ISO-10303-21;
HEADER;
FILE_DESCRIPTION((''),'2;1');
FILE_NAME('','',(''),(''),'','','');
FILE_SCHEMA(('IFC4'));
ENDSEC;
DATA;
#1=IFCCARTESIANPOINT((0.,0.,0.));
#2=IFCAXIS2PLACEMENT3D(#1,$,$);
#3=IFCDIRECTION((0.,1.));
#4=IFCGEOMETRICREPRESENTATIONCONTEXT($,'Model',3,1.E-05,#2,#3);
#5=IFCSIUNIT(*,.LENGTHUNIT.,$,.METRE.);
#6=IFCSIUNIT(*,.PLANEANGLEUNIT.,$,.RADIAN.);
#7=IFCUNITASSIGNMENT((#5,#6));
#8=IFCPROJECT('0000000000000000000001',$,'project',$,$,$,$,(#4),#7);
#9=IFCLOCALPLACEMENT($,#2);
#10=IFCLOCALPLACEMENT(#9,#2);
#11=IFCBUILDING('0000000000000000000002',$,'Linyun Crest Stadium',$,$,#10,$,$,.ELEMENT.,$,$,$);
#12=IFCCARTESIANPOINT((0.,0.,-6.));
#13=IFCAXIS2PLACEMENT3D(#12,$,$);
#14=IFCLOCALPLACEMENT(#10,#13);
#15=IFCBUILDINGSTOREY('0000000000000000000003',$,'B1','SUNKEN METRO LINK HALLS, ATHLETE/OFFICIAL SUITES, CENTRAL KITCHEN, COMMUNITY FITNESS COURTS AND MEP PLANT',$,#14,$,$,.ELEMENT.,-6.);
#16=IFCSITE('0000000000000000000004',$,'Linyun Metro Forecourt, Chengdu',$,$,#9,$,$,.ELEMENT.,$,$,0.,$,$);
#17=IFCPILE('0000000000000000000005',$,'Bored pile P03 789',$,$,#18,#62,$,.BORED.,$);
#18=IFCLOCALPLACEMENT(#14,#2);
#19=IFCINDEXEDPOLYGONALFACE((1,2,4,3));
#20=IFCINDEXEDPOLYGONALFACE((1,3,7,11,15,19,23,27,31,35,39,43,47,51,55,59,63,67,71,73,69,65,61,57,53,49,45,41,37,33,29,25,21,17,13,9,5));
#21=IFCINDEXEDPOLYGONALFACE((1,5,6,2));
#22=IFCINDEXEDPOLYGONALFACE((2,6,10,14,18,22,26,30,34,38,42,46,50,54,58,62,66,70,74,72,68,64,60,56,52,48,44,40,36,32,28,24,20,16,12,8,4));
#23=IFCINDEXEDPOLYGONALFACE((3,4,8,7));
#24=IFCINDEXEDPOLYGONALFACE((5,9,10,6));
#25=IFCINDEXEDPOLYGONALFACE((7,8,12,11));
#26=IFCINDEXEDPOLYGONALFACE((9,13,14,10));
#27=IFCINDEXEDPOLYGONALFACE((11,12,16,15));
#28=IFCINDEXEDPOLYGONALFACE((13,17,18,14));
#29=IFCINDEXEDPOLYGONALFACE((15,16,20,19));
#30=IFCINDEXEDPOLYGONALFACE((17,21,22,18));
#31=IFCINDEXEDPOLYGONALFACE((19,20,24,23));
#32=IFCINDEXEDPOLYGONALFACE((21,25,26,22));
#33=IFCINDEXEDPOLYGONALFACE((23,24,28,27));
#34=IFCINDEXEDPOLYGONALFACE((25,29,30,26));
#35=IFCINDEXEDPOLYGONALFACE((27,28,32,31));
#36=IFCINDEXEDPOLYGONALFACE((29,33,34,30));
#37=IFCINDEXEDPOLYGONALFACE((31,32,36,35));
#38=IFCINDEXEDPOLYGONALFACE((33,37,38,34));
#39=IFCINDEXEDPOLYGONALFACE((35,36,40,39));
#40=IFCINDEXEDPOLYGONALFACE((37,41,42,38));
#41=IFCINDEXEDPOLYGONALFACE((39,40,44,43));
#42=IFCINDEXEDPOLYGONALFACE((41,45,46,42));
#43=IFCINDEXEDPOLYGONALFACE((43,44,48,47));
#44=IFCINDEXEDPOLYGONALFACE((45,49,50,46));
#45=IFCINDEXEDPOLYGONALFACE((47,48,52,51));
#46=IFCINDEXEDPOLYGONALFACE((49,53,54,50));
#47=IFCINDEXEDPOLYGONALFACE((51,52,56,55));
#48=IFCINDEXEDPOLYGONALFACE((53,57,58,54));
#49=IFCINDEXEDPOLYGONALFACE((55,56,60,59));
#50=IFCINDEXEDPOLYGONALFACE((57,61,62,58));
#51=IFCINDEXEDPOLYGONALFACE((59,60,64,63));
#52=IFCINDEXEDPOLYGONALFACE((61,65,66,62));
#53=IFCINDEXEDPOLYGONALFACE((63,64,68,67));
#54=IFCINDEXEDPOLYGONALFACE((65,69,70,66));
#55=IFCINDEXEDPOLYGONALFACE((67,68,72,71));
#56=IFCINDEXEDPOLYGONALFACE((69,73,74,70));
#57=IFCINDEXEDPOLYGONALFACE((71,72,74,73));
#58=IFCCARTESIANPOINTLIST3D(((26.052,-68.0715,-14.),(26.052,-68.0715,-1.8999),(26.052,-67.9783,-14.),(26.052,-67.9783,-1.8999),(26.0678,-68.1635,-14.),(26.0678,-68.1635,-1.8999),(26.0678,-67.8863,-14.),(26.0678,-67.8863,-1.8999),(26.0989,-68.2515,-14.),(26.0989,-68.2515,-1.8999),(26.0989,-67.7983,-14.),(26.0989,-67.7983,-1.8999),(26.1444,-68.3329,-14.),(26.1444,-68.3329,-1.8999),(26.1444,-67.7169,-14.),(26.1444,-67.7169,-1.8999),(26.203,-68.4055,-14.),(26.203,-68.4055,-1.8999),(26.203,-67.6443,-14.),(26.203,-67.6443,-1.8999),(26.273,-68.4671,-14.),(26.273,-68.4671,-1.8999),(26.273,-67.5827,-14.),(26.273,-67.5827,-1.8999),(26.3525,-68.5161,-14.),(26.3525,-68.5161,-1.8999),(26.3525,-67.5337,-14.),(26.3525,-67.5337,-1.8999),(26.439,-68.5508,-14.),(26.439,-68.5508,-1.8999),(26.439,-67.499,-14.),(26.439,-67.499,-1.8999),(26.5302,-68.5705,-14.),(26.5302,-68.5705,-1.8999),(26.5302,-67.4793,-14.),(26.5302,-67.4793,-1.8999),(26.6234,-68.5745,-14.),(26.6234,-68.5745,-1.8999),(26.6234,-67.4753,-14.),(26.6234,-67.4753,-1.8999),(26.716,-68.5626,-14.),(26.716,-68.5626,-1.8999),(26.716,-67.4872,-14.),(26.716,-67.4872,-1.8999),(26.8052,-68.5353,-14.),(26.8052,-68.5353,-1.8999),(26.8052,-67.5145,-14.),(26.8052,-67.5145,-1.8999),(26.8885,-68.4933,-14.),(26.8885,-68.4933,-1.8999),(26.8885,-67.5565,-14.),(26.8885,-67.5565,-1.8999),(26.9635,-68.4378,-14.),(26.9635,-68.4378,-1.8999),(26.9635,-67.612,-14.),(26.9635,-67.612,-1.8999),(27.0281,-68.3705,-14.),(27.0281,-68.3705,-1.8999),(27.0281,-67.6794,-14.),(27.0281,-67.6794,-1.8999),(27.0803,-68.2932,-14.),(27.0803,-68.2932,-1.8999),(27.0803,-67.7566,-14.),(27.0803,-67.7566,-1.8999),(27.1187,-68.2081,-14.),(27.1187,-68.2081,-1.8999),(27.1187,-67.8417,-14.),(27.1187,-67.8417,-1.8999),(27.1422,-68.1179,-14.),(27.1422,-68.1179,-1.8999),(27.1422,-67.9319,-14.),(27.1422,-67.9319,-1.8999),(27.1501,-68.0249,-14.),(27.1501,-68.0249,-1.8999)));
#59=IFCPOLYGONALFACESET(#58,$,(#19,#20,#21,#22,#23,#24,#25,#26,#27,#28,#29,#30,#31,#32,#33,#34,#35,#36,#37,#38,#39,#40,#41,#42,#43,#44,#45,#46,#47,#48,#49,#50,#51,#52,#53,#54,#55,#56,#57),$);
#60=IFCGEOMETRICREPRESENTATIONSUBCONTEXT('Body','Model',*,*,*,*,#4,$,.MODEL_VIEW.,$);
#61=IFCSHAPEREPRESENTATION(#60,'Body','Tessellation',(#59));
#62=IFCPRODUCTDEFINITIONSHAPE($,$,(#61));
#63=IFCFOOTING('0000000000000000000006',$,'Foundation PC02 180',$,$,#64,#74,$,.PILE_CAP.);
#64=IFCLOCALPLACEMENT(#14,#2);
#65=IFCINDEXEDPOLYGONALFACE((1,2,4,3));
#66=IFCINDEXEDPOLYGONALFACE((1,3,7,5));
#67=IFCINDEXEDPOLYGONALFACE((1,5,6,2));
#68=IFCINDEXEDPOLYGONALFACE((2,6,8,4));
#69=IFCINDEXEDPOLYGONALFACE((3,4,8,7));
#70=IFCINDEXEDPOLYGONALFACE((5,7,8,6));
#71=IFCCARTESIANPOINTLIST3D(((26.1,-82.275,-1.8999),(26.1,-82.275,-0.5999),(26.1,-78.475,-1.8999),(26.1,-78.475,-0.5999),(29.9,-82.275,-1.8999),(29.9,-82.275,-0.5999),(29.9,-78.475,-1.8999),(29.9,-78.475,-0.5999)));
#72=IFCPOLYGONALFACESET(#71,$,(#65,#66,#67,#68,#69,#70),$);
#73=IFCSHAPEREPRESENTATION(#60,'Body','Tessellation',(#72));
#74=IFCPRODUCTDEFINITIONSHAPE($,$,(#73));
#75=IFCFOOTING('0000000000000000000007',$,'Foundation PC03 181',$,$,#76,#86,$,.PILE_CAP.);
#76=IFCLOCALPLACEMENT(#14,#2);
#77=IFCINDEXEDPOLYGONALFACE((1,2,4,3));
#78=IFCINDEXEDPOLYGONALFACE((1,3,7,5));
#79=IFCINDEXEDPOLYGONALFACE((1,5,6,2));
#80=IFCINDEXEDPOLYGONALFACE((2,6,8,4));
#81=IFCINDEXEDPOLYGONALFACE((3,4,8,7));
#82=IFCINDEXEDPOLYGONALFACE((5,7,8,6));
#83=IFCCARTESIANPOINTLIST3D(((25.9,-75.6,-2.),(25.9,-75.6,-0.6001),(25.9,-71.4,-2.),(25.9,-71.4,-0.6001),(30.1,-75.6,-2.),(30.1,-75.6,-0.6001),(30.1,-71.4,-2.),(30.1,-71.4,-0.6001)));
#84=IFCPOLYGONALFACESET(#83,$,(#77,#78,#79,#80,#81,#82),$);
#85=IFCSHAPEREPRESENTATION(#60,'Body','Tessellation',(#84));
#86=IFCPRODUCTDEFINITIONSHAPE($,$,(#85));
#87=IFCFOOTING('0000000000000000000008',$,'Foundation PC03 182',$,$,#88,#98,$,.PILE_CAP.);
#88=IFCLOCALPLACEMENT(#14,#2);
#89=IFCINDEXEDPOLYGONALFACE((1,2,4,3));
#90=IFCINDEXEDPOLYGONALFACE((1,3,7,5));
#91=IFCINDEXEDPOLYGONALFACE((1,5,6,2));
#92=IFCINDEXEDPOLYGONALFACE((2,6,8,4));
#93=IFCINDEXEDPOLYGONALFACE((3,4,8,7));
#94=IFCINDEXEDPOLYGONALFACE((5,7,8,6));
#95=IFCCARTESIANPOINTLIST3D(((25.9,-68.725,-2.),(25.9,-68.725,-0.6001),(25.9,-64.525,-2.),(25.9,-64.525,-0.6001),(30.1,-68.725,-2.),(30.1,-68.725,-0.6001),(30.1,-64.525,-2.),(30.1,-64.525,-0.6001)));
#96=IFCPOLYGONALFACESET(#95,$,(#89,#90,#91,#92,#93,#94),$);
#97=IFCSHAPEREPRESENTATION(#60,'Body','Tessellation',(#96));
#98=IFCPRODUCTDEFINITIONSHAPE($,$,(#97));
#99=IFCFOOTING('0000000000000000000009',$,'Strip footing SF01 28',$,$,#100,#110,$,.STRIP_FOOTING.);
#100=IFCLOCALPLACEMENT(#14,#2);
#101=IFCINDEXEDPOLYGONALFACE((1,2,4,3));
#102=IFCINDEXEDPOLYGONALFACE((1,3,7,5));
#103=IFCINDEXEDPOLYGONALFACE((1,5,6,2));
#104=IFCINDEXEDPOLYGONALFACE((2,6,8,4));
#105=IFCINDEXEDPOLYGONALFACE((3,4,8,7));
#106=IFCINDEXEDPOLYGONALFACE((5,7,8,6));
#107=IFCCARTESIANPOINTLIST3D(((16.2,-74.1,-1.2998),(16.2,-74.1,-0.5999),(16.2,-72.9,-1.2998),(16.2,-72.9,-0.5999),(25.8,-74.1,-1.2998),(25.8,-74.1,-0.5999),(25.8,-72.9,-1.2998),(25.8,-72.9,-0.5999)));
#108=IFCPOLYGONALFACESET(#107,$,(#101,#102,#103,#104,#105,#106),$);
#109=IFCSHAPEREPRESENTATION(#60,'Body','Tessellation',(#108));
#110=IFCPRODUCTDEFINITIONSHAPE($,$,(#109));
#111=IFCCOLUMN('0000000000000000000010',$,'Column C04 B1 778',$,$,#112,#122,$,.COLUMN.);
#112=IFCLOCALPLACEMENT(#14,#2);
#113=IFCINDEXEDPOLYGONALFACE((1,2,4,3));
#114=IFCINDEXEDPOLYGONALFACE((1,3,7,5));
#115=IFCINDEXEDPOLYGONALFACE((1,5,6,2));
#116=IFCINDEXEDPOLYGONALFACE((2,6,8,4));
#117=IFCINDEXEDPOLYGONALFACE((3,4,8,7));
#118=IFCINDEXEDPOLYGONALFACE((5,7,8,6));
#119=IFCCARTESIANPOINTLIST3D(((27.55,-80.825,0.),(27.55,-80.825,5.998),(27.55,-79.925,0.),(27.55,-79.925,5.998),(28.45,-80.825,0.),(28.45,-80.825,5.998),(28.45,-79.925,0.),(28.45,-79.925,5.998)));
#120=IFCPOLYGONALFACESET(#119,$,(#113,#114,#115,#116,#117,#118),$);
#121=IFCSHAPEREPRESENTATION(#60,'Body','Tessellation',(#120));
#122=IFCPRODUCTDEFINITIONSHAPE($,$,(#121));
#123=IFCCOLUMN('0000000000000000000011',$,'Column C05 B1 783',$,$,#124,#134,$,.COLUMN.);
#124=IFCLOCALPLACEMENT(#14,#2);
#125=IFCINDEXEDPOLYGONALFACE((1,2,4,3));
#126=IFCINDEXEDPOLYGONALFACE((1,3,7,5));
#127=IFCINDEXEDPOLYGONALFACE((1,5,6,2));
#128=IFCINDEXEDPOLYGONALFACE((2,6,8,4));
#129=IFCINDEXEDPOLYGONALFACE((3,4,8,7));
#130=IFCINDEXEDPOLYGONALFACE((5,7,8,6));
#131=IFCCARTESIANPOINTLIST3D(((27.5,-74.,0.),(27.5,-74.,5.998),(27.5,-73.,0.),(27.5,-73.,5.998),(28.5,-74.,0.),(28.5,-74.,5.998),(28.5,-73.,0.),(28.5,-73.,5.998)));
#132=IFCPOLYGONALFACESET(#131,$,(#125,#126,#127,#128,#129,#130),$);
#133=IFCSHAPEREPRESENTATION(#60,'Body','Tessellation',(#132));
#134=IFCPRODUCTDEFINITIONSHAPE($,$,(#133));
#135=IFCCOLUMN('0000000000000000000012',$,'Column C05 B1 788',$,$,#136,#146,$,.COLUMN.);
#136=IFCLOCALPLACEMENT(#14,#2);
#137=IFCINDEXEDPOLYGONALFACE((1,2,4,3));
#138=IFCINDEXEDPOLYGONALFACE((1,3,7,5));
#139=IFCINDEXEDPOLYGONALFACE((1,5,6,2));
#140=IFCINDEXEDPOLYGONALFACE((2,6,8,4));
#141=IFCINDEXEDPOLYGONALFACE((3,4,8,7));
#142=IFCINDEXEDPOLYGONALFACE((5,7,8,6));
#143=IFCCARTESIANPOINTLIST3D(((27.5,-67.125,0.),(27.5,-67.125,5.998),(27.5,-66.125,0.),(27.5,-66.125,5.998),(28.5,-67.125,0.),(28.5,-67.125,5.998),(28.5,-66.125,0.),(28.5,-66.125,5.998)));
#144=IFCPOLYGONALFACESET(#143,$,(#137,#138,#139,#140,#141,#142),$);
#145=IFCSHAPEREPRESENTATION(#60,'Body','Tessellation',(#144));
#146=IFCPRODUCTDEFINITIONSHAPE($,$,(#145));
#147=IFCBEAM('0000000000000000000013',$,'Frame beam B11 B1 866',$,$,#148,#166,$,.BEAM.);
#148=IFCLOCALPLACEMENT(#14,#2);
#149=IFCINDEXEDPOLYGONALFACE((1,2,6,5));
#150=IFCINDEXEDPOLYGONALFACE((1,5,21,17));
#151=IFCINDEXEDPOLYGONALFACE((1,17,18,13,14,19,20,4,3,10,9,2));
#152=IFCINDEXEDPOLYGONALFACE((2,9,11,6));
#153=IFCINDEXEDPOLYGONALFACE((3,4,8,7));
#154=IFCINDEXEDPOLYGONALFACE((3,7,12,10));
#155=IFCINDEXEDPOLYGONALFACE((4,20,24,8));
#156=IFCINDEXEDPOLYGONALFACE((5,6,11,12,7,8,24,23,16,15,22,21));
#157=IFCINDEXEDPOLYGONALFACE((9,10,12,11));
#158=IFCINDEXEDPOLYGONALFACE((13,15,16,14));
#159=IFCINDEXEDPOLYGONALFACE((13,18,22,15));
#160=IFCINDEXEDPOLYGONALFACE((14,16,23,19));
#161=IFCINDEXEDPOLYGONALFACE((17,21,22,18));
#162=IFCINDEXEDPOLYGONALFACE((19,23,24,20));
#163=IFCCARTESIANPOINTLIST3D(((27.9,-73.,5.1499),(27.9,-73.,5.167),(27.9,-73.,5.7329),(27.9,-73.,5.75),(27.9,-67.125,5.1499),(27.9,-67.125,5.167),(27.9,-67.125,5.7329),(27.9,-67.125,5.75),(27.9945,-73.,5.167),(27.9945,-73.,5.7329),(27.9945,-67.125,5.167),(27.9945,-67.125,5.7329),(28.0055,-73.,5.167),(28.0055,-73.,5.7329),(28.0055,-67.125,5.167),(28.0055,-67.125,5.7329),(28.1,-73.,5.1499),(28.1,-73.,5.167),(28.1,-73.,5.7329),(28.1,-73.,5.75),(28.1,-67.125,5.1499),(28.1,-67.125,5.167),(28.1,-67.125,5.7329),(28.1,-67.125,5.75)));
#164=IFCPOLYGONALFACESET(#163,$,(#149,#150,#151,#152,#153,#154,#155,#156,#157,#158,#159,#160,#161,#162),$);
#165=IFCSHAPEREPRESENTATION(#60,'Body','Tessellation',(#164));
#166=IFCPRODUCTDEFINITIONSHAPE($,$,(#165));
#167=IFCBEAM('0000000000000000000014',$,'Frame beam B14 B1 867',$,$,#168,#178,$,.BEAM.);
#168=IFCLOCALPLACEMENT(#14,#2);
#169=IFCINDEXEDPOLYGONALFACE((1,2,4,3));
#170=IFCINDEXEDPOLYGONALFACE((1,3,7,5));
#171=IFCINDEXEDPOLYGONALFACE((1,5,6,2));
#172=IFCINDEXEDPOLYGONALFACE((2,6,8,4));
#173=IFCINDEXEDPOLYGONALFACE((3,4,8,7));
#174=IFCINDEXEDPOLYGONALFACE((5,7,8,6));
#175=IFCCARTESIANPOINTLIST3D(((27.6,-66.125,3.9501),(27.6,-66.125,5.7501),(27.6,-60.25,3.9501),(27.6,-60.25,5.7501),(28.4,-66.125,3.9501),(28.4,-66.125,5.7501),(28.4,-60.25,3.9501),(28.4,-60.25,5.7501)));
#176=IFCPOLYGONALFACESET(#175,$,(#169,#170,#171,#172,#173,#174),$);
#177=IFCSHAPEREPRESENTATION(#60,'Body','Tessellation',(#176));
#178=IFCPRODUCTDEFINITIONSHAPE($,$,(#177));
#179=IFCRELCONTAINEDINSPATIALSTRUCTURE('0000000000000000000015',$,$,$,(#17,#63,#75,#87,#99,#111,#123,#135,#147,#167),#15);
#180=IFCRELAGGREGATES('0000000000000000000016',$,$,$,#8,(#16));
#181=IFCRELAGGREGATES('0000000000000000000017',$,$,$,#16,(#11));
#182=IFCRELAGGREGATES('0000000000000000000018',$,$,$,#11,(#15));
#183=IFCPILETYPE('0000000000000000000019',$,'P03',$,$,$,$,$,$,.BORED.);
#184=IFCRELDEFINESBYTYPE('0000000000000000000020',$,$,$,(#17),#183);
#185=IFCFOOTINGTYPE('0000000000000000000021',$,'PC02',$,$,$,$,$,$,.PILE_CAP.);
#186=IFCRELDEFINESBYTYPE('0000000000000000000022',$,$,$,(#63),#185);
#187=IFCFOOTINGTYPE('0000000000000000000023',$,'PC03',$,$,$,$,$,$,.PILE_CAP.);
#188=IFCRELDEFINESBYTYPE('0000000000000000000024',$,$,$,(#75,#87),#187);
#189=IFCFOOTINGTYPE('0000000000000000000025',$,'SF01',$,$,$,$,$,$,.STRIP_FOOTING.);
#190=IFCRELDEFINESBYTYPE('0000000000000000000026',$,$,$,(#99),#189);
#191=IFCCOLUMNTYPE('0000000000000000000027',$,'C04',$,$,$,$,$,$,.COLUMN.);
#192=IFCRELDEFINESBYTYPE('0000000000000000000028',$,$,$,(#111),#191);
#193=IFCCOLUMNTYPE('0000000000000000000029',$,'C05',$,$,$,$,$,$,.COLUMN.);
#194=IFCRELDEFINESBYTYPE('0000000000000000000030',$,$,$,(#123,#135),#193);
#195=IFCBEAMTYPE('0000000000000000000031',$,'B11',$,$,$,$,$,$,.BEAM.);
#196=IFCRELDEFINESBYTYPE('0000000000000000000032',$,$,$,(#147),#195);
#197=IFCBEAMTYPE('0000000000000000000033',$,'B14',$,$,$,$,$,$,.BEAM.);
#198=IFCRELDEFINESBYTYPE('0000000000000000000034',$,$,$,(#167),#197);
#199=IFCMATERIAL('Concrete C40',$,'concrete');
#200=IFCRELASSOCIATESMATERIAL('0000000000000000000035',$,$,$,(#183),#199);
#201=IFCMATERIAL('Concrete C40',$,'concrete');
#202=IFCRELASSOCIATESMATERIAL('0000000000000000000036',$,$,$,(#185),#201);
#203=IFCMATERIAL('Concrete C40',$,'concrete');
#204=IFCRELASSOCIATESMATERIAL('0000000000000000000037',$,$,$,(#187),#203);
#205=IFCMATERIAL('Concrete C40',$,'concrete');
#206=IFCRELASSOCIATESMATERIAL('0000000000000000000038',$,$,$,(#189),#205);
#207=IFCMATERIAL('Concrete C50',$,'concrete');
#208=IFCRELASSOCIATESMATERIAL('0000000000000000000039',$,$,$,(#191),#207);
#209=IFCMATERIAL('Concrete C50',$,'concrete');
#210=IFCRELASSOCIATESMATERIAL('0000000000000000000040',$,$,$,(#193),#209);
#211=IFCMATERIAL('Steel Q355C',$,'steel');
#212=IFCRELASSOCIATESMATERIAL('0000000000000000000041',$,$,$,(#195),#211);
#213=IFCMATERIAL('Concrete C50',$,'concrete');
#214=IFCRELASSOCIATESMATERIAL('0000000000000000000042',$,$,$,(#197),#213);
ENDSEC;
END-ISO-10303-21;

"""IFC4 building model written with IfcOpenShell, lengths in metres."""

from ifc_helpers import new_model, si_unit, direction, frame, origin, origin_2d, place, context, subcontext, project, spatial, rectangle, circle, i_section, extrude, material, material_profile, profile_set, type_object, element, save


model = new_model("IFC4")

# Units and contexts
model_context = context("Model", 3, precision=1e-05, world=origin(), true_north=direction((0.0, 1.0)))
body_context = subcontext(model_context, "Body", "Model", "MODEL_VIEW")
ifc_project = project(units=[si_unit("LENGTHUNIT", "METRE"), si_unit("PLANEANGLEUNIT", "RADIAN")], contexts=[model_context])

# Site, building, storey
site_placement = place(None, origin())
site = spatial("IfcSite", under=ifc_project, at=site_placement, Name="Linyun Metro Forecourt, Chengdu", CompositionType="ELEMENT", RefElevation=0.0)
building_placement = place(site_placement, origin())
building = spatial("IfcBuilding", under=site, at=building_placement, Name="Linyun Crest Stadium", CompositionType="ELEMENT")
storey_placement = place(building_placement, frame((0.0, 0.0, -6.0)))
storey = spatial("IfcBuildingStorey", under=building, at=storey_placement, Name="B1", Description="SUNKEN METRO LINK HALLS, ATHLETE/OFFICIAL SUITES, CENTRAL KITCHEN, COMMUNITY FITNESS COURTS AND MEP PLANT", CompositionType="ELEMENT", Elevation=-6.0)

# Pile
ifc_material_1 = material(Name="Concrete C40", Category="concrete")
ifc_material_profile_1 = material_profile(ifc_material_1, circle(Radius=0.55, at=origin_2d()), Name="BORED PILE 1100")
ifc_profile_set_1 = profile_set([ifc_material_profile_1], Name="Concrete C40")
pile_type_1 = type_object("IfcPileType", Name="P03", PredefinedType="BORED", material=ifc_profile_set_1)
for number, where, z_axis, x_axis, name in (
    (1, (26.6001, -68.0249, -1.8999), (0.0, 0.0, -1.0), (1.0, 0.0, 0.0), "Bored pile P03 789"),
):
    element("IfcPile", number, at=place(storey_placement, frame(where, z_axis=z_axis, x_axis=x_axis)), inside=storey, type_object=pile_type_1, Name=name, PredefinedType="BORED", context=body_context, shape_type="SweptSolid", body=[
        extrude(circle(Radius=0.55, at=origin_2d()), origin(), (0.0, 0.0, 1.0), 12.1001),
    ])

# Footings
ifc_material_2 = material(Name="Concrete C40", Category="concrete")
footing_type_1 = type_object("IfcFootingType", Name="PC02", PredefinedType="PILE_CAP", material=ifc_material_2)
footing_1_placement = place(storey_placement, frame((28.0, -80.375, -1.8999), z_axis=(0.0, 0.0, 1.0), x_axis=(1.0, 0.0, 0.0)))
element("IfcFooting", 2, at=footing_1_placement, inside=storey, type_object=footing_type_1, Name="Foundation PC02 180", PredefinedType="PILE_CAP", context=body_context, shape_type="SweptSolid", body=[
    extrude(rectangle(XDim=3.8, YDim=3.8, at=origin_2d()), origin(), (0.0, 0.0, 1.0), 1.3),
])
ifc_material_3 = material(Name="Concrete C40", Category="concrete")
footing_type_2 = type_object("IfcFootingType", Name="PC03", PredefinedType="PILE_CAP", material=ifc_material_3)
for number, where, z_axis, x_axis, name in (
    (3, (28.0, -73.5, -2.0), (0.0, 0.0, 1.0), (1.0, 0.0, 0.0), "Foundation PC03 181"),
    (4, (28.0, -66.625, -2.0), (0.0, 0.0, 1.0), (1.0, 0.0, 0.0), "Foundation PC03 182"),
):
    element("IfcFooting", number, at=place(storey_placement, frame(where, z_axis=z_axis, x_axis=x_axis)), inside=storey, type_object=footing_type_2, Name=name, PredefinedType="PILE_CAP", context=body_context, shape_type="SweptSolid", body=[
        extrude(rectangle(XDim=4.2, YDim=4.2, at=origin_2d()), origin(), (0.0, 0.0, 1.0), 1.3999),
    ])
ifc_material_4 = material(Name="Concrete C40", Category="concrete")
footing_type_3 = type_object("IfcFootingType", Name="SF01", PredefinedType="STRIP_FOOTING", material=ifc_material_4)
footing_2_placement = place(storey_placement, frame((21.0, -73.5, -1.2998), z_axis=(0.0, 0.0, 1.0), x_axis=(1.0, 0.0, 0.0)))
element("IfcFooting", 5, at=footing_2_placement, inside=storey, type_object=footing_type_3, Name="Strip footing SF01 28", PredefinedType="STRIP_FOOTING", context=body_context, shape_type="SweptSolid", body=[
    extrude(rectangle(XDim=9.6001, YDim=1.2, at=origin_2d()), origin(), (0.0, 0.0, 1.0), 0.7),
])

# Columns
ifc_material_5 = material(Name="Concrete C50", Category="concrete")
ifc_material_profile_2 = material_profile(ifc_material_5, rectangle(XDim=0.8999, YDim=0.8999, at=origin_2d()), Name="RC 900x900")
ifc_profile_set_2 = profile_set([ifc_material_profile_2], Name="Concrete C50")
column_type_1 = type_object("IfcColumnType", Name="C04", PredefinedType="COLUMN", material=ifc_profile_set_2)
column_placement = place(storey_placement, frame((28.0, -80.375, 0.0), z_axis=(0.0, 0.0, 1.0), x_axis=(1.0, 0.0, 0.0)))
element("IfcColumn", 6, at=column_placement, inside=storey, type_object=column_type_1, Name="Column C04 B1 778", PredefinedType="COLUMN", context=body_context, shape_type="SweptSolid", body=[
    extrude(rectangle(XDim=0.8999, YDim=0.8999, at=origin_2d()), origin(), (0.0, 0.0, 1.0), 5.998),
])
ifc_material_6 = material(Name="Concrete C50", Category="concrete")
ifc_material_profile_3 = material_profile(ifc_material_6, rectangle(XDim=1.0, YDim=1.0, at=origin_2d()), Name="RC 1000x1000")
ifc_profile_set_3 = profile_set([ifc_material_profile_3], Name="Concrete C50")
column_type_2 = type_object("IfcColumnType", Name="C05", PredefinedType="COLUMN", material=ifc_profile_set_3)
for number, where, z_axis, x_axis, name in (
    (7, (28.0, -73.5, 0.0), (0.0, 0.0, 1.0), (1.0, 0.0, 0.0), "Column C05 B1 783"),
    (8, (28.0, -66.625, 0.0), (0.0, 0.0, 1.0), (1.0, 0.0, 0.0), "Column C05 B1 788"),
):
    element("IfcColumn", number, at=place(storey_placement, frame(where, z_axis=z_axis, x_axis=x_axis)), inside=storey, type_object=column_type_2, Name=name, PredefinedType="COLUMN", context=body_context, shape_type="SweptSolid", body=[
        extrude(rectangle(XDim=1.0, YDim=1.0, at=origin_2d()), origin(), (0.0, 0.0, 1.0), 5.998),
    ])

# Beams
ifc_material_7 = material(Name="Steel Q355C", Category="steel")
ifc_material_profile_4 = material_profile(ifc_material_7, i_section(OverallWidth=0.2, OverallDepth=0.6001, WebThickness=0.011, FlangeThickness=0.0171, at=origin_2d()), Name="HN 600x200")
ifc_profile_set_4 = profile_set([ifc_material_profile_4], Name="Steel Q355C")
beam_type_1 = type_object("IfcBeamType", Name="B11", PredefinedType="BEAM", material=ifc_profile_set_4)
beam_1_placement = place(storey_placement, frame((28.0, -73.0, 5.45), z_axis=(0.0, 1.0, 0.0), x_axis=(-1.0, 0.0, 0.0)))
element("IfcBeam", 9, at=beam_1_placement, inside=storey, type_object=beam_type_1, Name="Frame beam B11 B1 866", PredefinedType="BEAM", context=body_context, shape_type="SweptSolid", body=[
    extrude(i_section(OverallWidth=0.2, OverallDepth=0.6001, WebThickness=0.011, FlangeThickness=0.0171, at=origin_2d()), origin(), (0.0, 0.0, 1.0), 5.875),
])
ifc_material_8 = material(Name="Concrete C50", Category="concrete")
ifc_material_profile_5 = material_profile(ifc_material_8, rectangle(XDim=0.8, YDim=1.8, at=origin_2d()), Name="RCB 1800x800")
ifc_profile_set_5 = profile_set([ifc_material_profile_5], Name="Concrete C50")
beam_type_2 = type_object("IfcBeamType", Name="B14", PredefinedType="BEAM", material=ifc_profile_set_5)
beam_2_placement = place(storey_placement, frame((28.0, -66.125, 4.8501), z_axis=(0.0, 1.0, 0.0), x_axis=(-1.0, 0.0, 0.0)))
element("IfcBeam", 10, at=beam_2_placement, inside=storey, type_object=beam_type_2, Name="Frame beam B14 B1 867", PredefinedType="BEAM", context=body_context, shape_type="SweptSolid", body=[
    extrude(rectangle(XDim=0.8, YDim=1.8, at=origin_2d()), origin(), (0.0, 0.0, 1.0), 5.875),
])

save(model, "model.ifc")
